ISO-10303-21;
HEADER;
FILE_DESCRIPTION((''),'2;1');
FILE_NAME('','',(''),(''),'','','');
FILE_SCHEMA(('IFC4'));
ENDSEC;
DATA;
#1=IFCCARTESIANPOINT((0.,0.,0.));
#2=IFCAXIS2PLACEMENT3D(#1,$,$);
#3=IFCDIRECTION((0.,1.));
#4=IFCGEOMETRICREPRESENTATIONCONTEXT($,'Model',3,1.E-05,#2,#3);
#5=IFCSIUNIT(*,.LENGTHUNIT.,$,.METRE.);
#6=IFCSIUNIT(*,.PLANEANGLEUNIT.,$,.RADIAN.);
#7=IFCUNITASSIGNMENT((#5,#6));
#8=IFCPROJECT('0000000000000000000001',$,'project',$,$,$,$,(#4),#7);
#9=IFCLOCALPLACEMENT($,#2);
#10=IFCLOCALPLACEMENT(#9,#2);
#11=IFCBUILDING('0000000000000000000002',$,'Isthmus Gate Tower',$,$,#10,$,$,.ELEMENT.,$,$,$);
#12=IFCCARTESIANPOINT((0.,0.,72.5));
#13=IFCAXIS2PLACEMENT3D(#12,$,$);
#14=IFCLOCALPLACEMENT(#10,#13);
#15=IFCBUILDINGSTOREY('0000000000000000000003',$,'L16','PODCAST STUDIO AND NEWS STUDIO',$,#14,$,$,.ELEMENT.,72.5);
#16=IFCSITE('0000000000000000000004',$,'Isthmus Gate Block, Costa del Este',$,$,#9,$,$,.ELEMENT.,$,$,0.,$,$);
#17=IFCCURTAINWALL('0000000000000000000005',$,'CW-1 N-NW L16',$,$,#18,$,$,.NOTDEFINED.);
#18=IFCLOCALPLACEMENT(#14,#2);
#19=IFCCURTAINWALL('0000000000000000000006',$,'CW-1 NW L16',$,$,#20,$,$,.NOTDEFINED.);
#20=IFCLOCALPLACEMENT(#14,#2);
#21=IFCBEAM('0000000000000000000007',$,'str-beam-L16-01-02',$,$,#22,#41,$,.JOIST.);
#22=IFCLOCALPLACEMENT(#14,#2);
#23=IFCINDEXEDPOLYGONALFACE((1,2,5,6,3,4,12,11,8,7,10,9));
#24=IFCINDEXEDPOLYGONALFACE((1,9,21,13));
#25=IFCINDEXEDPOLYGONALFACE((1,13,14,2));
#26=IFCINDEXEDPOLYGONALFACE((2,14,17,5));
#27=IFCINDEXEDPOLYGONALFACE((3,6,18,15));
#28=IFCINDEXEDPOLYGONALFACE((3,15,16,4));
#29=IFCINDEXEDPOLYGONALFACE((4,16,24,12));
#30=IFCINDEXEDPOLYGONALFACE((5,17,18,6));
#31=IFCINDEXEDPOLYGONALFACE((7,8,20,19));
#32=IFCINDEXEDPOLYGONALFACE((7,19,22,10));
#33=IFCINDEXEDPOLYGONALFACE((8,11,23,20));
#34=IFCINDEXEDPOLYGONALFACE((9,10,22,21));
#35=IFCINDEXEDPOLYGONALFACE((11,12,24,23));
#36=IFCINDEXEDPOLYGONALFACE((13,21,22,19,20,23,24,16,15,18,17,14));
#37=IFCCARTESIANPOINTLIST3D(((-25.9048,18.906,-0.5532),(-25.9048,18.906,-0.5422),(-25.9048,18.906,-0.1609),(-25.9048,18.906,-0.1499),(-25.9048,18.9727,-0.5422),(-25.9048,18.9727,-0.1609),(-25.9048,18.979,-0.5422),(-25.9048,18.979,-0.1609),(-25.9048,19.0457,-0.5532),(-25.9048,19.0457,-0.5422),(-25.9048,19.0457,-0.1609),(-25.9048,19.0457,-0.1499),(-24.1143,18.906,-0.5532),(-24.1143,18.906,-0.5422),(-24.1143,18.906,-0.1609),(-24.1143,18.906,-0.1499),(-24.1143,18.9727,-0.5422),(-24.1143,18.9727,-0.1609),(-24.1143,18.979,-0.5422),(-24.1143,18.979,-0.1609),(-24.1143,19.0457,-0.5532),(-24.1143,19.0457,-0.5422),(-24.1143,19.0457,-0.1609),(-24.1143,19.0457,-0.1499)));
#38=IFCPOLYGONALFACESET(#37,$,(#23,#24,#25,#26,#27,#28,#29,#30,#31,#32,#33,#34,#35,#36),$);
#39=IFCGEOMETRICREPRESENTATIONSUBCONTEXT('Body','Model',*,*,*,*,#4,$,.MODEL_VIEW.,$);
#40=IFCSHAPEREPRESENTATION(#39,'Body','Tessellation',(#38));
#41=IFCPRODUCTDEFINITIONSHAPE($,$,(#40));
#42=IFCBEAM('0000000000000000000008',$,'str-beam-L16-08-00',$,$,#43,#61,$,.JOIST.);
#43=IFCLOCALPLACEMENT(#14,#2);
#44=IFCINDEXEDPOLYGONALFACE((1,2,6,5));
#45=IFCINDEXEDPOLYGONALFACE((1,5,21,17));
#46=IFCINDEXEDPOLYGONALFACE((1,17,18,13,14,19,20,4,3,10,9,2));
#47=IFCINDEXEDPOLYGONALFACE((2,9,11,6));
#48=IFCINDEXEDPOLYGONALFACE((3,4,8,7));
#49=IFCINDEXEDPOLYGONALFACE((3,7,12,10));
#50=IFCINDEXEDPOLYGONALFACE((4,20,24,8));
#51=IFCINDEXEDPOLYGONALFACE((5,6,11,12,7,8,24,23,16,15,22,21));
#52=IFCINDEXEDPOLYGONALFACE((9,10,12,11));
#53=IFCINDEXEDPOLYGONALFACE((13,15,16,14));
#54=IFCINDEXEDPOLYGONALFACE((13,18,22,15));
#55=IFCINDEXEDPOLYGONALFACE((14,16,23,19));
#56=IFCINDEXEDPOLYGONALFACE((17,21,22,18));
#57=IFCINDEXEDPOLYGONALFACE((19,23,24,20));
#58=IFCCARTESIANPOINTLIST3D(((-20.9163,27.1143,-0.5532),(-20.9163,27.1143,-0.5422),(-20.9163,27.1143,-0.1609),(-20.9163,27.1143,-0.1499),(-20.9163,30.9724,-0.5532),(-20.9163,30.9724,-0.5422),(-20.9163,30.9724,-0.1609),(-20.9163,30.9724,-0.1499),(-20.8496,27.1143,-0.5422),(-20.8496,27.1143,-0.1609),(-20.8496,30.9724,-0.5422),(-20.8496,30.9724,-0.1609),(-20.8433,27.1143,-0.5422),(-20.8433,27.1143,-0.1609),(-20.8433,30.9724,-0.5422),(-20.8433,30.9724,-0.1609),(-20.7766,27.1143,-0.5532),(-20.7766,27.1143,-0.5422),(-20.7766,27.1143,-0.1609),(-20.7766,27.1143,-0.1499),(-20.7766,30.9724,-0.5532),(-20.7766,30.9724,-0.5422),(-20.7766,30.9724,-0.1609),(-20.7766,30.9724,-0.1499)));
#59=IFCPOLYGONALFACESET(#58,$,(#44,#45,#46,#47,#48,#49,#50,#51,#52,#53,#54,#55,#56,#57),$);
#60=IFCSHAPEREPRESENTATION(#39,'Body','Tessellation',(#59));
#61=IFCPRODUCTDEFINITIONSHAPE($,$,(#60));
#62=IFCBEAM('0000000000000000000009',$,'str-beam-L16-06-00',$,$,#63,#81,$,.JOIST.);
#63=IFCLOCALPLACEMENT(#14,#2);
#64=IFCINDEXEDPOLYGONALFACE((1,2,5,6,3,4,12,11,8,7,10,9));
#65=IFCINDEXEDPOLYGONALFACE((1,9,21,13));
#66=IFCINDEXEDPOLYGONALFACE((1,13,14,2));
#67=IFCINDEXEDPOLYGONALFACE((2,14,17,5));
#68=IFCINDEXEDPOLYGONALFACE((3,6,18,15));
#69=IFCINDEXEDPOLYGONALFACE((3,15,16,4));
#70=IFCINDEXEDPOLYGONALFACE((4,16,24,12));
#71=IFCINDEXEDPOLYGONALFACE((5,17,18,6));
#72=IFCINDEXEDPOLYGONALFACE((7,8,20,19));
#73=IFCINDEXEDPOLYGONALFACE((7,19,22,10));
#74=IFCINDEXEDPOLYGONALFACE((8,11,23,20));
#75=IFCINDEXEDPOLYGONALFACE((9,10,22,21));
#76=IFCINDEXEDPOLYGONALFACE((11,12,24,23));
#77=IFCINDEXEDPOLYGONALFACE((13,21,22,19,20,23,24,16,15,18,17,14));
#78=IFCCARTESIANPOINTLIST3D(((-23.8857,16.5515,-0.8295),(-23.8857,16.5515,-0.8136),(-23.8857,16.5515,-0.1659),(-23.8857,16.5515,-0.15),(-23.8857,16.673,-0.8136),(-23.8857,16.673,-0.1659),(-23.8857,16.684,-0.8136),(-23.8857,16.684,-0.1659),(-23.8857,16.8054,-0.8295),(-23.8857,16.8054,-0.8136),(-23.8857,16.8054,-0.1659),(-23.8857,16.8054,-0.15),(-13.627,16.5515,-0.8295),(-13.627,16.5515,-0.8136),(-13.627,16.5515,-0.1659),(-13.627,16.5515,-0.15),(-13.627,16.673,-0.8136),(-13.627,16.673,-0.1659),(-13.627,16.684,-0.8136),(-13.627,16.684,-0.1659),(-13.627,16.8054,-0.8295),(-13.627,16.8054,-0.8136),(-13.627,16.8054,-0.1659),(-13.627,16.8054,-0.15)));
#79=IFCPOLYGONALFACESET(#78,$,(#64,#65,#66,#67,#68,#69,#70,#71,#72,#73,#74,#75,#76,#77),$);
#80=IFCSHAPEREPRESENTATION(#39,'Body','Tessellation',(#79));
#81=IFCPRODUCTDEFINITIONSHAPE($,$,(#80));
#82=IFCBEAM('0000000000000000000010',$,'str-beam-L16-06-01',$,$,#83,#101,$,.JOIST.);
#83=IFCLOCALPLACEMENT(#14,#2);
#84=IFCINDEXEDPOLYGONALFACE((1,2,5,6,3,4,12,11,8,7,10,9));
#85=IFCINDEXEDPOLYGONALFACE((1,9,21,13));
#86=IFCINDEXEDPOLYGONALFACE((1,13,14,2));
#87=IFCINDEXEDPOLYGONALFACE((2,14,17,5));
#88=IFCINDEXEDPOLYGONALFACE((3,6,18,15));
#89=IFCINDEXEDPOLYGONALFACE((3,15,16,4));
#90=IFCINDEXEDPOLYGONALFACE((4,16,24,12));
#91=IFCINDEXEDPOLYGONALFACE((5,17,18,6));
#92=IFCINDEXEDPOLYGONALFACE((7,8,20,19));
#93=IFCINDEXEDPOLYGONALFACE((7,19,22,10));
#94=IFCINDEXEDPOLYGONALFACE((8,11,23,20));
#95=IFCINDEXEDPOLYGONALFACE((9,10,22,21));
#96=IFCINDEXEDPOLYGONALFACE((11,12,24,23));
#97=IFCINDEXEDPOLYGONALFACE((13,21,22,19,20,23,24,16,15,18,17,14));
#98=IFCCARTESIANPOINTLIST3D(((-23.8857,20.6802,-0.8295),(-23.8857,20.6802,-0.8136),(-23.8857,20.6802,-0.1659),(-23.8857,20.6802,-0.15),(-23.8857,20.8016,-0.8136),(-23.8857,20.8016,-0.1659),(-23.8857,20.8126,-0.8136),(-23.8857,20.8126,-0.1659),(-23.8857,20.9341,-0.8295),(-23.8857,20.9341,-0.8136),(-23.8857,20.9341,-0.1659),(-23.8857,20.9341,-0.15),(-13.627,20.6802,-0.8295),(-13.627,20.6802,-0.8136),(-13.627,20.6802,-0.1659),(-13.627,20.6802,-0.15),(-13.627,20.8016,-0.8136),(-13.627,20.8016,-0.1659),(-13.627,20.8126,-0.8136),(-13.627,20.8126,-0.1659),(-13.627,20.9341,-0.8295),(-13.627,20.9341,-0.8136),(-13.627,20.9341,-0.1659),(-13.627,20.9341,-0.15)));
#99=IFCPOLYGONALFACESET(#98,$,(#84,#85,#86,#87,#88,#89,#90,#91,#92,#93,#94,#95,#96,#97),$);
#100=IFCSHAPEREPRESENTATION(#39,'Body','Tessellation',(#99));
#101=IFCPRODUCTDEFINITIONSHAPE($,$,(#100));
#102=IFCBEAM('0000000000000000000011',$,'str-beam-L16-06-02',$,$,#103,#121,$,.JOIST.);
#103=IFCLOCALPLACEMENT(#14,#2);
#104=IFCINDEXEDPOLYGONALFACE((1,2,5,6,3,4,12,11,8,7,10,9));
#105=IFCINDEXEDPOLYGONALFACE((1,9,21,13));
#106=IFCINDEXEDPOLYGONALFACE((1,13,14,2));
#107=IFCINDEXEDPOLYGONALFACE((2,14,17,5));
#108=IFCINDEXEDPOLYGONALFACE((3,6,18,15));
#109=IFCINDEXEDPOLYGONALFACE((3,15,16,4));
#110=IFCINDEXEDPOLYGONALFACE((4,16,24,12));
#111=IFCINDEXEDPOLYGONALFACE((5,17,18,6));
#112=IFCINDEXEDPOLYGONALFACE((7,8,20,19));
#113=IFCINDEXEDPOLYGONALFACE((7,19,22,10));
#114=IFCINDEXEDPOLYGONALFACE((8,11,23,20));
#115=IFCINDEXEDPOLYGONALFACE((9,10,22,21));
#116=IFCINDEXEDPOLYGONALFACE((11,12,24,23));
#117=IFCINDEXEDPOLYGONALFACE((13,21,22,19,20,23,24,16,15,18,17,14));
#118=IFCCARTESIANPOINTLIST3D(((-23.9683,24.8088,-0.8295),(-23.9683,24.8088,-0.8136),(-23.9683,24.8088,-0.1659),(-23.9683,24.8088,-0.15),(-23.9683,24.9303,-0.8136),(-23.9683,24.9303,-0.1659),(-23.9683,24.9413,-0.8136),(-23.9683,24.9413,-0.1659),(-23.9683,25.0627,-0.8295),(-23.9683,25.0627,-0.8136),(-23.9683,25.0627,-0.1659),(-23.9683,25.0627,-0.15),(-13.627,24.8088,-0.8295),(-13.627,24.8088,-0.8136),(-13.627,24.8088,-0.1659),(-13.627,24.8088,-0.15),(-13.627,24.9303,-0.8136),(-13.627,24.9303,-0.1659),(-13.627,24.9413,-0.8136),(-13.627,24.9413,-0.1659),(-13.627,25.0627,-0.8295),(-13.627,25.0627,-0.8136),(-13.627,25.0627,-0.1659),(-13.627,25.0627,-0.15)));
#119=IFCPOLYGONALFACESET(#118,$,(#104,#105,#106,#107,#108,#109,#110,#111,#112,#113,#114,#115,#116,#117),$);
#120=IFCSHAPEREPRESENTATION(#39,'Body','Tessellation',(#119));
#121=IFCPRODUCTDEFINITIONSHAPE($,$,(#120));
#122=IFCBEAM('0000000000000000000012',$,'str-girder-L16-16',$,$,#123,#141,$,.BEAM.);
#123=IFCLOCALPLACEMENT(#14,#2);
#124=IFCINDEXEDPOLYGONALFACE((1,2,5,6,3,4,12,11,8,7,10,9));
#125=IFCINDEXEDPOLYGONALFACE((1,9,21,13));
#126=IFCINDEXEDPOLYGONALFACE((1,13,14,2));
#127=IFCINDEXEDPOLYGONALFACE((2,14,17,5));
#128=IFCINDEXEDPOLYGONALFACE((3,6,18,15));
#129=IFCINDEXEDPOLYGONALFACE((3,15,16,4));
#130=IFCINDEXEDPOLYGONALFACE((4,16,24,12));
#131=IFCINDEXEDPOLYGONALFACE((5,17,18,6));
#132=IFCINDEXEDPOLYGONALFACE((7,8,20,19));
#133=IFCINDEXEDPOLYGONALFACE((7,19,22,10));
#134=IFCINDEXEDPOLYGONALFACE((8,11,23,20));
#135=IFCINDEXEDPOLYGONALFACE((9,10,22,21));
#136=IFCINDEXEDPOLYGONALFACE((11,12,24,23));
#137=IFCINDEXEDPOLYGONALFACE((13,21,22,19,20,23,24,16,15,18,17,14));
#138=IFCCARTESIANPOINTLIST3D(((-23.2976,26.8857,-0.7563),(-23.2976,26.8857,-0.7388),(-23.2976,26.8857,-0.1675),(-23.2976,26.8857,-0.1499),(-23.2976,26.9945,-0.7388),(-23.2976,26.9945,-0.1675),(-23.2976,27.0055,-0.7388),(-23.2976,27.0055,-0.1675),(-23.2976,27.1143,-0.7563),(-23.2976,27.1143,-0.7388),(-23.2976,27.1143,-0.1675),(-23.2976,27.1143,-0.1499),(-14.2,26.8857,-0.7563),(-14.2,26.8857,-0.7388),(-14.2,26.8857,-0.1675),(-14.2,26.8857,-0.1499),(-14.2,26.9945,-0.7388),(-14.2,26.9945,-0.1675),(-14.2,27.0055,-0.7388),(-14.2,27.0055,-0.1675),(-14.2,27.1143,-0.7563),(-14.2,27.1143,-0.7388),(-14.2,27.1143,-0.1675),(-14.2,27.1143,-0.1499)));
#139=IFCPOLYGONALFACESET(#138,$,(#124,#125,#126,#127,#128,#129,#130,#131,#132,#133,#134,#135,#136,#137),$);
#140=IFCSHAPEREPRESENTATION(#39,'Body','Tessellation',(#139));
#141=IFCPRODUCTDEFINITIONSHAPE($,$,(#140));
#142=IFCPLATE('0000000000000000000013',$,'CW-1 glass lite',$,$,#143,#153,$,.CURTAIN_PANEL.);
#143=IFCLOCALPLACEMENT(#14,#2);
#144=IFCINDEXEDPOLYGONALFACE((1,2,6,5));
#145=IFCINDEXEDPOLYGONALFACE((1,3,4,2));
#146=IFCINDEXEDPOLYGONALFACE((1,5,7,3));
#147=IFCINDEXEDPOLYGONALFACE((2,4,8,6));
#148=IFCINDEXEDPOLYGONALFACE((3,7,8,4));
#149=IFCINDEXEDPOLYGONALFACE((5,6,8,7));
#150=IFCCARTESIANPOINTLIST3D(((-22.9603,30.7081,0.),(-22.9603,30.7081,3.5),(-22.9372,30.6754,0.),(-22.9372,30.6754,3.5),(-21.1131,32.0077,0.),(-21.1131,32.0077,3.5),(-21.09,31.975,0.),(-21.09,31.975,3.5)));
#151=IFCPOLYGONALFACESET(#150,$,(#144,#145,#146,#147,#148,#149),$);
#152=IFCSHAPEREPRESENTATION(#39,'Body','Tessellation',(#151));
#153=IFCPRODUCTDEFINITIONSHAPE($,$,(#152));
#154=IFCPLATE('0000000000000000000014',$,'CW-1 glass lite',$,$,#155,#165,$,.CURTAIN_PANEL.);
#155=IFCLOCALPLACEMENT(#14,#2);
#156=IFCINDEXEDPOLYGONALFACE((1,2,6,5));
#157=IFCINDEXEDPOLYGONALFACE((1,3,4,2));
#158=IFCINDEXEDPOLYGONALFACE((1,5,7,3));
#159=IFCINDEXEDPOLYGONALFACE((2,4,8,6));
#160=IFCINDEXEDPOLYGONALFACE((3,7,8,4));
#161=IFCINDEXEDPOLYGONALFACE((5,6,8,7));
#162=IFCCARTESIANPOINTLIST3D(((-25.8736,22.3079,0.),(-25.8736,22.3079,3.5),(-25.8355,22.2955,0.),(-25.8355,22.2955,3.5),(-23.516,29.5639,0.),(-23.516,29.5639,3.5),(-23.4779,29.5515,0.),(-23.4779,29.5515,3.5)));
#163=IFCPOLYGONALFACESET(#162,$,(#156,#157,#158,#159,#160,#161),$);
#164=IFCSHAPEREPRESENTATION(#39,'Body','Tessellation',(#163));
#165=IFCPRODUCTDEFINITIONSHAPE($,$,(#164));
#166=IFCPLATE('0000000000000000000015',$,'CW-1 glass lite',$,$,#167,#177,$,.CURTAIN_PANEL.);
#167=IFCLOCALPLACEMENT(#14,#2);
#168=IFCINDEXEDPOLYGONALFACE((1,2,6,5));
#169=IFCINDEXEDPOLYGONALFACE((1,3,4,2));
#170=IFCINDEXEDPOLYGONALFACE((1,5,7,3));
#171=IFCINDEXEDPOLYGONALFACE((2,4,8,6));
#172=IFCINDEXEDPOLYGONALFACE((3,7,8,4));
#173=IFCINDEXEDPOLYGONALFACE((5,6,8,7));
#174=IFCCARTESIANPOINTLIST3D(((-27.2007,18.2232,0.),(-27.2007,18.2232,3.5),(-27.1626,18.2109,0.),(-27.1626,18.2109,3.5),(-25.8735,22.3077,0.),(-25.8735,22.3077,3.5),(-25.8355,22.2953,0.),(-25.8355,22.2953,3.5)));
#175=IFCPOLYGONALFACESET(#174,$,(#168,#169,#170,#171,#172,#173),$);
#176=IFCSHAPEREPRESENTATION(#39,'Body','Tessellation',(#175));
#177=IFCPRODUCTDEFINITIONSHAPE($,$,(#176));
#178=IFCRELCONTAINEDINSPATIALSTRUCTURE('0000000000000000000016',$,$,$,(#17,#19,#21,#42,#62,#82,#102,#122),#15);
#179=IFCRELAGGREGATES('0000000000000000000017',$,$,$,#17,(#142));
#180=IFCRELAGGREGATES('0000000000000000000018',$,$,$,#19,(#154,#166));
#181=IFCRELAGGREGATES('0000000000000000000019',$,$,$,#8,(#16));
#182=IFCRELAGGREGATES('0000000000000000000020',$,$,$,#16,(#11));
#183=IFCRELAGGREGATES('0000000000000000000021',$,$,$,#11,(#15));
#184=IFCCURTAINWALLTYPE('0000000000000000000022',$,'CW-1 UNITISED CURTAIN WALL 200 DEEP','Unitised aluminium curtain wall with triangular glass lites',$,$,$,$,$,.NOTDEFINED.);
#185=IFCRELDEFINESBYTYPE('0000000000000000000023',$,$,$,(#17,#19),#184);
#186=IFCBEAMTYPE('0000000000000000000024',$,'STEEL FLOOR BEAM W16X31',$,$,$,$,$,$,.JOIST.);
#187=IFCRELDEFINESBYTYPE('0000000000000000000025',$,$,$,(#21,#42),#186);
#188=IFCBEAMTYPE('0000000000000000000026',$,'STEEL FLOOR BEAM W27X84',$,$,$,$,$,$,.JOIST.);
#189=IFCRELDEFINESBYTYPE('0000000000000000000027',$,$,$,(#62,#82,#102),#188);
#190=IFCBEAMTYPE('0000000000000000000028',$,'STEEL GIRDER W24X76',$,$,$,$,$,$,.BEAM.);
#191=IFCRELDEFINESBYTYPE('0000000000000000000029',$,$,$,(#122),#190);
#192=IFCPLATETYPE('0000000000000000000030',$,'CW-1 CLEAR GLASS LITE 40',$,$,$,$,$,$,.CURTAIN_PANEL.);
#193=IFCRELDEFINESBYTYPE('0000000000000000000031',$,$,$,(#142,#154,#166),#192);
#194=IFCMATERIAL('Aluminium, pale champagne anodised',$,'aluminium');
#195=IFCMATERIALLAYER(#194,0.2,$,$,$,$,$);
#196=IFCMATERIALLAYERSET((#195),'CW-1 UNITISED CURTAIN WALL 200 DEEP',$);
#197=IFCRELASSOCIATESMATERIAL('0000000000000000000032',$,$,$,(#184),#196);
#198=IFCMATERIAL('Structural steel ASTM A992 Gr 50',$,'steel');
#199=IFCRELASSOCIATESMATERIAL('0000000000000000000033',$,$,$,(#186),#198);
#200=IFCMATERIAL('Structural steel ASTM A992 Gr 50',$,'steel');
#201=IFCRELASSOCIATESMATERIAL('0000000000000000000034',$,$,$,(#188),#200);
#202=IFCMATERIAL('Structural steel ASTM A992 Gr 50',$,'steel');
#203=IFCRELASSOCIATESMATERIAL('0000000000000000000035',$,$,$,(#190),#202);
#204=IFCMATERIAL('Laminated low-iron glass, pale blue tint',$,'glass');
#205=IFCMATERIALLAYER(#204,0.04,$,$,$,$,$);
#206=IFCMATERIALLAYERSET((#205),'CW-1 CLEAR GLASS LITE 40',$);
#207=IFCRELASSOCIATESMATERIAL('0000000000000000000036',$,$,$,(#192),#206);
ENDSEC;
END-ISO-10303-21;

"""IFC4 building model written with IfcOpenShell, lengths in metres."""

from ifc_helpers import new_model, si_unit, direction, frame, origin, origin_2d, place, context, subcontext, project, spatial, rectangle, i_section, extrude, material, layer, layer_set, material_profile, profile_set, type_object, element, aggregate, save


model = new_model("IFC4")

# Units and contexts
model_context = context("Model", 3, precision=1e-05, world=origin(), true_north=direction((0.0, 1.0)))
body_context = subcontext(model_context, "Body", "Model", "MODEL_VIEW")
ifc_project = project(units=[si_unit("LENGTHUNIT", "METRE"), si_unit("PLANEANGLEUNIT", "RADIAN")], contexts=[model_context])

# Site, building, storey
site_placement = place(None, origin())
site = spatial("IfcSite", under=ifc_project, at=site_placement, Name="Isthmus Gate Block, Costa del Este", CompositionType="ELEMENT", RefElevation=0.0)
building_placement = place(site_placement, origin())
building = spatial("IfcBuilding", under=site, at=building_placement, Name="Isthmus Gate Tower", CompositionType="ELEMENT")
storey_placement = place(building_placement, frame((0.0, 0.0, 72.5)))
storey = spatial("IfcBuildingStorey", under=building, at=storey_placement, Name="L16", Description="PODCAST STUDIO AND NEWS STUDIO", CompositionType="ELEMENT", Elevation=72.5)

# Curtain wall
ifc_material_1 = material(Name="Aluminium, pale champagne anodised", Category="aluminium")
ifc_layer_1 = layer(ifc_material_1, 0.2)
ifc_layer_set_1 = layer_set([ifc_layer_1], Name="CW-1 UNITISED CURTAIN WALL 200 DEEP")
curtain_wall_type = type_object("IfcCurtainWallType", Name="CW-1 UNITISED CURTAIN WALL 200 DEEP", Description="Unitised aluminium curtain wall with triangular glass lites", PredefinedType="NOTDEFINED", material=ifc_layer_set_1)
curtain_wall_1_placement = place(storey_placement, origin())
curtain_wall_1 = element("IfcCurtainWall", 1, at=curtain_wall_1_placement, inside=storey, type_object=curtain_wall_type, Name="CW-1 N-NW L16", PredefinedType="NOTDEFINED")

# Curtain wall
curtain_wall_2_placement = place(storey_placement, origin())
curtain_wall_2 = element("IfcCurtainWall", 2, at=curtain_wall_2_placement, inside=storey, type_object=curtain_wall_type, Name="CW-1 NW L16", PredefinedType="NOTDEFINED")

# Beams
ifc_material_2 = material(Name="Structural steel ASTM A992 Gr 50", Category="steel")
ifc_material_profile_1 = material_profile(ifc_material_2, i_section(OverallWidth=0.1396, OverallDepth=0.4033, WebThickness=0.0063, FlangeThickness=0.011, at=origin_2d()), Name="W16X31")
ifc_profile_set_1 = profile_set([ifc_material_profile_1], Name="Structural steel ASTM A992 Gr 50")
beam_type_1 = type_object("IfcBeamType", Name="STEEL FLOOR BEAM W16X31", PredefinedType="JOIST", material=ifc_profile_set_1)
beam_1_placement = place(storey_placement, frame((-25.9048, 18.9758, -0.3516), z_axis=(1.0, 0.0, 0.0), x_axis=(0.0, 1.0, 0.0)))
element("IfcBeam", 3, at=beam_1_placement, inside=storey, type_object=beam_type_1, Name="str-beam-L16-01-02", PredefinedType="JOIST", context=body_context, shape_type="SweptSolid", body=[
    extrude(i_section(OverallWidth=0.1396, OverallDepth=0.4033, WebThickness=0.0063, FlangeThickness=0.011, at=origin_2d()), origin(), (0.0, 0.0, 1.0), 1.7905),
])
beam_2_placement = place(storey_placement, frame((-20.8464, 27.1143, -0.3516), z_axis=(0.0, 1.0, 0.0), x_axis=(-1.0, 0.0, 0.0)))
element("IfcBeam", 4, at=beam_2_placement, inside=storey, type_object=beam_type_1, Name="str-beam-L16-08-00", PredefinedType="JOIST", context=body_context, shape_type="SweptSolid", body=[
    extrude(i_section(OverallWidth=0.1396, OverallDepth=0.4033, WebThickness=0.0063, FlangeThickness=0.011, at=origin_2d()), origin(), (0.0, 0.0, 1.0), 3.8582),
])
ifc_material_3 = material(Name="Structural steel ASTM A992 Gr 50", Category="steel")
ifc_material_profile_2 = material_profile(ifc_material_3, i_section(OverallWidth=0.2539, OverallDepth=0.6794, WebThickness=0.011, FlangeThickness=0.0159, at=origin_2d()), Name="W27X84")
ifc_profile_set_2 = profile_set([ifc_material_profile_2], Name="Structural steel ASTM A992 Gr 50")
beam_type_2 = type_object("IfcBeamType", Name="STEEL FLOOR BEAM W27X84", PredefinedType="JOIST", material=ifc_profile_set_2)
for number, where, z_axis, x_axis, name in (
    (5, (-23.8857, 16.6785, -0.4897), (1.0, 0.0, 0.0), (0.0, 1.0, 0.0), "str-beam-L16-06-00"),
    (6, (-23.8857, 20.8071, -0.4897), (1.0, 0.0, 0.0), (0.0, 1.0, 0.0), "str-beam-L16-06-01"),
):
    element("IfcBeam", number, at=place(storey_placement, frame(where, z_axis=z_axis, x_axis=x_axis)), inside=storey, type_object=beam_type_2, Name=name, PredefinedType="JOIST", context=body_context, shape_type="SweptSolid", body=[
        extrude(i_section(OverallWidth=0.2539, OverallDepth=0.6794, WebThickness=0.011, FlangeThickness=0.0159, at=origin_2d()), origin(), (0.0, 0.0, 1.0), 10.2588),
    ])
beam_3_placement = place(storey_placement, frame((-23.9683, 24.9358, -0.4897), z_axis=(1.0, 0.0, 0.0), x_axis=(0.0, 1.0, 0.0)))
element("IfcBeam", 7, at=beam_3_placement, inside=storey, type_object=beam_type_2, Name="str-beam-L16-06-02", PredefinedType="JOIST", context=body_context, shape_type="SweptSolid", body=[
    extrude(i_section(OverallWidth=0.2539, OverallDepth=0.6794, WebThickness=0.011, FlangeThickness=0.0159, at=origin_2d()), origin(), (0.0, 0.0, 1.0), 10.3413),
])
ifc_material_4 = material(Name="Structural steel ASTM A992 Gr 50", Category="steel")
ifc_material_profile_3 = material_profile(ifc_material_4, i_section(OverallWidth=0.2285, OverallDepth=0.6064, WebThickness=0.011, FlangeThickness=0.0176, at=origin_2d()), Name="W24X76")
ifc_profile_set_3 = profile_set([ifc_material_profile_3], Name="Structural steel ASTM A992 Gr 50")
beam_type_3 = type_object("IfcBeamType", Name="STEEL GIRDER W24X76", PredefinedType="BEAM", material=ifc_profile_set_3)
beam_4_placement = place(storey_placement, frame((-23.2976, 27.0, -0.4531), z_axis=(1.0, 0.0, 0.0), x_axis=(0.0, 1.0, 0.0)))
element("IfcBeam", 8, at=beam_4_placement, inside=storey, type_object=beam_type_3, Name="str-girder-L16-16", PredefinedType="BEAM", context=body_context, shape_type="SweptSolid", body=[
    extrude(i_section(OverallWidth=0.2285, OverallDepth=0.6064, WebThickness=0.011, FlangeThickness=0.0176, at=origin_2d()), origin(), (0.0, 0.0, 1.0), 9.0977),
])

# Plates
ifc_material_5 = material(Name="Laminated low-iron glass, pale blue tint", Category="glass")
ifc_layer_2 = layer(ifc_material_5, 0.04)
ifc_layer_set_2 = layer_set([ifc_layer_2], Name="CW-1 CLEAR GLASS LITE 40")
plate_type = type_object("IfcPlateType", Name="CW-1 CLEAR GLASS LITE 40", PredefinedType="CURTAIN_PANEL", material=ifc_layer_set_2)
plate_1_placement = place(storey_placement, frame((-22.0251, 31.3416, 0.0), z_axis=(0.0, 0.0, 1.0), x_axis=(-0.81786, -0.575418, 0.0)))
plate_1 = element("IfcPlate", 9, at=plate_1_placement, type_object=plate_type, Name="CW-1 glass lite", PredefinedType="CURTAIN_PANEL", context=body_context, shape_type="SweptSolid", body=[
    extrude(rectangle(XDim=2.2585, YDim=0.04, at=origin_2d()), origin(), (0.0, 0.0, 1.0), 3.5),
])
aggregate(curtain_wall_1, [plate_1])
plate_2_placement = place(storey_placement, frame((-24.6758, 25.9297, 0.0), z_axis=(0.0, 0.0, 1.0), x_axis=(-0.309017, -0.951057, 0.0)))
plate_2 = element("IfcPlate", 10, at=plate_2_placement, type_object=plate_type, Name="CW-1 glass lite", PredefinedType="CURTAIN_PANEL", context=body_context, shape_type="SweptSolid", body=[
    extrude(rectangle(XDim=7.6294, YDim=0.04, at=origin_2d()), origin(), (0.0, 0.0, 1.0), 3.5),
])
plate_3_placement = place(storey_placement, frame((-26.5181, 20.2593, 0.0), z_axis=(0.0, 0.0, 1.0), x_axis=(-0.309017, -0.951057, 0.0)))
plate_3 = element("IfcPlate", 11, at=plate_3_placement, type_object=plate_type, Name="CW-1 glass lite", PredefinedType="CURTAIN_PANEL", context=body_context, shape_type="SweptSolid", body=[
    extrude(rectangle(XDim=4.2947, YDim=0.04, at=origin_2d()), origin(), (0.0, 0.0, 1.0), 3.5),
])

aggregate(curtain_wall_2, [plate_2, plate_3])

save(model, "model.ifc")
